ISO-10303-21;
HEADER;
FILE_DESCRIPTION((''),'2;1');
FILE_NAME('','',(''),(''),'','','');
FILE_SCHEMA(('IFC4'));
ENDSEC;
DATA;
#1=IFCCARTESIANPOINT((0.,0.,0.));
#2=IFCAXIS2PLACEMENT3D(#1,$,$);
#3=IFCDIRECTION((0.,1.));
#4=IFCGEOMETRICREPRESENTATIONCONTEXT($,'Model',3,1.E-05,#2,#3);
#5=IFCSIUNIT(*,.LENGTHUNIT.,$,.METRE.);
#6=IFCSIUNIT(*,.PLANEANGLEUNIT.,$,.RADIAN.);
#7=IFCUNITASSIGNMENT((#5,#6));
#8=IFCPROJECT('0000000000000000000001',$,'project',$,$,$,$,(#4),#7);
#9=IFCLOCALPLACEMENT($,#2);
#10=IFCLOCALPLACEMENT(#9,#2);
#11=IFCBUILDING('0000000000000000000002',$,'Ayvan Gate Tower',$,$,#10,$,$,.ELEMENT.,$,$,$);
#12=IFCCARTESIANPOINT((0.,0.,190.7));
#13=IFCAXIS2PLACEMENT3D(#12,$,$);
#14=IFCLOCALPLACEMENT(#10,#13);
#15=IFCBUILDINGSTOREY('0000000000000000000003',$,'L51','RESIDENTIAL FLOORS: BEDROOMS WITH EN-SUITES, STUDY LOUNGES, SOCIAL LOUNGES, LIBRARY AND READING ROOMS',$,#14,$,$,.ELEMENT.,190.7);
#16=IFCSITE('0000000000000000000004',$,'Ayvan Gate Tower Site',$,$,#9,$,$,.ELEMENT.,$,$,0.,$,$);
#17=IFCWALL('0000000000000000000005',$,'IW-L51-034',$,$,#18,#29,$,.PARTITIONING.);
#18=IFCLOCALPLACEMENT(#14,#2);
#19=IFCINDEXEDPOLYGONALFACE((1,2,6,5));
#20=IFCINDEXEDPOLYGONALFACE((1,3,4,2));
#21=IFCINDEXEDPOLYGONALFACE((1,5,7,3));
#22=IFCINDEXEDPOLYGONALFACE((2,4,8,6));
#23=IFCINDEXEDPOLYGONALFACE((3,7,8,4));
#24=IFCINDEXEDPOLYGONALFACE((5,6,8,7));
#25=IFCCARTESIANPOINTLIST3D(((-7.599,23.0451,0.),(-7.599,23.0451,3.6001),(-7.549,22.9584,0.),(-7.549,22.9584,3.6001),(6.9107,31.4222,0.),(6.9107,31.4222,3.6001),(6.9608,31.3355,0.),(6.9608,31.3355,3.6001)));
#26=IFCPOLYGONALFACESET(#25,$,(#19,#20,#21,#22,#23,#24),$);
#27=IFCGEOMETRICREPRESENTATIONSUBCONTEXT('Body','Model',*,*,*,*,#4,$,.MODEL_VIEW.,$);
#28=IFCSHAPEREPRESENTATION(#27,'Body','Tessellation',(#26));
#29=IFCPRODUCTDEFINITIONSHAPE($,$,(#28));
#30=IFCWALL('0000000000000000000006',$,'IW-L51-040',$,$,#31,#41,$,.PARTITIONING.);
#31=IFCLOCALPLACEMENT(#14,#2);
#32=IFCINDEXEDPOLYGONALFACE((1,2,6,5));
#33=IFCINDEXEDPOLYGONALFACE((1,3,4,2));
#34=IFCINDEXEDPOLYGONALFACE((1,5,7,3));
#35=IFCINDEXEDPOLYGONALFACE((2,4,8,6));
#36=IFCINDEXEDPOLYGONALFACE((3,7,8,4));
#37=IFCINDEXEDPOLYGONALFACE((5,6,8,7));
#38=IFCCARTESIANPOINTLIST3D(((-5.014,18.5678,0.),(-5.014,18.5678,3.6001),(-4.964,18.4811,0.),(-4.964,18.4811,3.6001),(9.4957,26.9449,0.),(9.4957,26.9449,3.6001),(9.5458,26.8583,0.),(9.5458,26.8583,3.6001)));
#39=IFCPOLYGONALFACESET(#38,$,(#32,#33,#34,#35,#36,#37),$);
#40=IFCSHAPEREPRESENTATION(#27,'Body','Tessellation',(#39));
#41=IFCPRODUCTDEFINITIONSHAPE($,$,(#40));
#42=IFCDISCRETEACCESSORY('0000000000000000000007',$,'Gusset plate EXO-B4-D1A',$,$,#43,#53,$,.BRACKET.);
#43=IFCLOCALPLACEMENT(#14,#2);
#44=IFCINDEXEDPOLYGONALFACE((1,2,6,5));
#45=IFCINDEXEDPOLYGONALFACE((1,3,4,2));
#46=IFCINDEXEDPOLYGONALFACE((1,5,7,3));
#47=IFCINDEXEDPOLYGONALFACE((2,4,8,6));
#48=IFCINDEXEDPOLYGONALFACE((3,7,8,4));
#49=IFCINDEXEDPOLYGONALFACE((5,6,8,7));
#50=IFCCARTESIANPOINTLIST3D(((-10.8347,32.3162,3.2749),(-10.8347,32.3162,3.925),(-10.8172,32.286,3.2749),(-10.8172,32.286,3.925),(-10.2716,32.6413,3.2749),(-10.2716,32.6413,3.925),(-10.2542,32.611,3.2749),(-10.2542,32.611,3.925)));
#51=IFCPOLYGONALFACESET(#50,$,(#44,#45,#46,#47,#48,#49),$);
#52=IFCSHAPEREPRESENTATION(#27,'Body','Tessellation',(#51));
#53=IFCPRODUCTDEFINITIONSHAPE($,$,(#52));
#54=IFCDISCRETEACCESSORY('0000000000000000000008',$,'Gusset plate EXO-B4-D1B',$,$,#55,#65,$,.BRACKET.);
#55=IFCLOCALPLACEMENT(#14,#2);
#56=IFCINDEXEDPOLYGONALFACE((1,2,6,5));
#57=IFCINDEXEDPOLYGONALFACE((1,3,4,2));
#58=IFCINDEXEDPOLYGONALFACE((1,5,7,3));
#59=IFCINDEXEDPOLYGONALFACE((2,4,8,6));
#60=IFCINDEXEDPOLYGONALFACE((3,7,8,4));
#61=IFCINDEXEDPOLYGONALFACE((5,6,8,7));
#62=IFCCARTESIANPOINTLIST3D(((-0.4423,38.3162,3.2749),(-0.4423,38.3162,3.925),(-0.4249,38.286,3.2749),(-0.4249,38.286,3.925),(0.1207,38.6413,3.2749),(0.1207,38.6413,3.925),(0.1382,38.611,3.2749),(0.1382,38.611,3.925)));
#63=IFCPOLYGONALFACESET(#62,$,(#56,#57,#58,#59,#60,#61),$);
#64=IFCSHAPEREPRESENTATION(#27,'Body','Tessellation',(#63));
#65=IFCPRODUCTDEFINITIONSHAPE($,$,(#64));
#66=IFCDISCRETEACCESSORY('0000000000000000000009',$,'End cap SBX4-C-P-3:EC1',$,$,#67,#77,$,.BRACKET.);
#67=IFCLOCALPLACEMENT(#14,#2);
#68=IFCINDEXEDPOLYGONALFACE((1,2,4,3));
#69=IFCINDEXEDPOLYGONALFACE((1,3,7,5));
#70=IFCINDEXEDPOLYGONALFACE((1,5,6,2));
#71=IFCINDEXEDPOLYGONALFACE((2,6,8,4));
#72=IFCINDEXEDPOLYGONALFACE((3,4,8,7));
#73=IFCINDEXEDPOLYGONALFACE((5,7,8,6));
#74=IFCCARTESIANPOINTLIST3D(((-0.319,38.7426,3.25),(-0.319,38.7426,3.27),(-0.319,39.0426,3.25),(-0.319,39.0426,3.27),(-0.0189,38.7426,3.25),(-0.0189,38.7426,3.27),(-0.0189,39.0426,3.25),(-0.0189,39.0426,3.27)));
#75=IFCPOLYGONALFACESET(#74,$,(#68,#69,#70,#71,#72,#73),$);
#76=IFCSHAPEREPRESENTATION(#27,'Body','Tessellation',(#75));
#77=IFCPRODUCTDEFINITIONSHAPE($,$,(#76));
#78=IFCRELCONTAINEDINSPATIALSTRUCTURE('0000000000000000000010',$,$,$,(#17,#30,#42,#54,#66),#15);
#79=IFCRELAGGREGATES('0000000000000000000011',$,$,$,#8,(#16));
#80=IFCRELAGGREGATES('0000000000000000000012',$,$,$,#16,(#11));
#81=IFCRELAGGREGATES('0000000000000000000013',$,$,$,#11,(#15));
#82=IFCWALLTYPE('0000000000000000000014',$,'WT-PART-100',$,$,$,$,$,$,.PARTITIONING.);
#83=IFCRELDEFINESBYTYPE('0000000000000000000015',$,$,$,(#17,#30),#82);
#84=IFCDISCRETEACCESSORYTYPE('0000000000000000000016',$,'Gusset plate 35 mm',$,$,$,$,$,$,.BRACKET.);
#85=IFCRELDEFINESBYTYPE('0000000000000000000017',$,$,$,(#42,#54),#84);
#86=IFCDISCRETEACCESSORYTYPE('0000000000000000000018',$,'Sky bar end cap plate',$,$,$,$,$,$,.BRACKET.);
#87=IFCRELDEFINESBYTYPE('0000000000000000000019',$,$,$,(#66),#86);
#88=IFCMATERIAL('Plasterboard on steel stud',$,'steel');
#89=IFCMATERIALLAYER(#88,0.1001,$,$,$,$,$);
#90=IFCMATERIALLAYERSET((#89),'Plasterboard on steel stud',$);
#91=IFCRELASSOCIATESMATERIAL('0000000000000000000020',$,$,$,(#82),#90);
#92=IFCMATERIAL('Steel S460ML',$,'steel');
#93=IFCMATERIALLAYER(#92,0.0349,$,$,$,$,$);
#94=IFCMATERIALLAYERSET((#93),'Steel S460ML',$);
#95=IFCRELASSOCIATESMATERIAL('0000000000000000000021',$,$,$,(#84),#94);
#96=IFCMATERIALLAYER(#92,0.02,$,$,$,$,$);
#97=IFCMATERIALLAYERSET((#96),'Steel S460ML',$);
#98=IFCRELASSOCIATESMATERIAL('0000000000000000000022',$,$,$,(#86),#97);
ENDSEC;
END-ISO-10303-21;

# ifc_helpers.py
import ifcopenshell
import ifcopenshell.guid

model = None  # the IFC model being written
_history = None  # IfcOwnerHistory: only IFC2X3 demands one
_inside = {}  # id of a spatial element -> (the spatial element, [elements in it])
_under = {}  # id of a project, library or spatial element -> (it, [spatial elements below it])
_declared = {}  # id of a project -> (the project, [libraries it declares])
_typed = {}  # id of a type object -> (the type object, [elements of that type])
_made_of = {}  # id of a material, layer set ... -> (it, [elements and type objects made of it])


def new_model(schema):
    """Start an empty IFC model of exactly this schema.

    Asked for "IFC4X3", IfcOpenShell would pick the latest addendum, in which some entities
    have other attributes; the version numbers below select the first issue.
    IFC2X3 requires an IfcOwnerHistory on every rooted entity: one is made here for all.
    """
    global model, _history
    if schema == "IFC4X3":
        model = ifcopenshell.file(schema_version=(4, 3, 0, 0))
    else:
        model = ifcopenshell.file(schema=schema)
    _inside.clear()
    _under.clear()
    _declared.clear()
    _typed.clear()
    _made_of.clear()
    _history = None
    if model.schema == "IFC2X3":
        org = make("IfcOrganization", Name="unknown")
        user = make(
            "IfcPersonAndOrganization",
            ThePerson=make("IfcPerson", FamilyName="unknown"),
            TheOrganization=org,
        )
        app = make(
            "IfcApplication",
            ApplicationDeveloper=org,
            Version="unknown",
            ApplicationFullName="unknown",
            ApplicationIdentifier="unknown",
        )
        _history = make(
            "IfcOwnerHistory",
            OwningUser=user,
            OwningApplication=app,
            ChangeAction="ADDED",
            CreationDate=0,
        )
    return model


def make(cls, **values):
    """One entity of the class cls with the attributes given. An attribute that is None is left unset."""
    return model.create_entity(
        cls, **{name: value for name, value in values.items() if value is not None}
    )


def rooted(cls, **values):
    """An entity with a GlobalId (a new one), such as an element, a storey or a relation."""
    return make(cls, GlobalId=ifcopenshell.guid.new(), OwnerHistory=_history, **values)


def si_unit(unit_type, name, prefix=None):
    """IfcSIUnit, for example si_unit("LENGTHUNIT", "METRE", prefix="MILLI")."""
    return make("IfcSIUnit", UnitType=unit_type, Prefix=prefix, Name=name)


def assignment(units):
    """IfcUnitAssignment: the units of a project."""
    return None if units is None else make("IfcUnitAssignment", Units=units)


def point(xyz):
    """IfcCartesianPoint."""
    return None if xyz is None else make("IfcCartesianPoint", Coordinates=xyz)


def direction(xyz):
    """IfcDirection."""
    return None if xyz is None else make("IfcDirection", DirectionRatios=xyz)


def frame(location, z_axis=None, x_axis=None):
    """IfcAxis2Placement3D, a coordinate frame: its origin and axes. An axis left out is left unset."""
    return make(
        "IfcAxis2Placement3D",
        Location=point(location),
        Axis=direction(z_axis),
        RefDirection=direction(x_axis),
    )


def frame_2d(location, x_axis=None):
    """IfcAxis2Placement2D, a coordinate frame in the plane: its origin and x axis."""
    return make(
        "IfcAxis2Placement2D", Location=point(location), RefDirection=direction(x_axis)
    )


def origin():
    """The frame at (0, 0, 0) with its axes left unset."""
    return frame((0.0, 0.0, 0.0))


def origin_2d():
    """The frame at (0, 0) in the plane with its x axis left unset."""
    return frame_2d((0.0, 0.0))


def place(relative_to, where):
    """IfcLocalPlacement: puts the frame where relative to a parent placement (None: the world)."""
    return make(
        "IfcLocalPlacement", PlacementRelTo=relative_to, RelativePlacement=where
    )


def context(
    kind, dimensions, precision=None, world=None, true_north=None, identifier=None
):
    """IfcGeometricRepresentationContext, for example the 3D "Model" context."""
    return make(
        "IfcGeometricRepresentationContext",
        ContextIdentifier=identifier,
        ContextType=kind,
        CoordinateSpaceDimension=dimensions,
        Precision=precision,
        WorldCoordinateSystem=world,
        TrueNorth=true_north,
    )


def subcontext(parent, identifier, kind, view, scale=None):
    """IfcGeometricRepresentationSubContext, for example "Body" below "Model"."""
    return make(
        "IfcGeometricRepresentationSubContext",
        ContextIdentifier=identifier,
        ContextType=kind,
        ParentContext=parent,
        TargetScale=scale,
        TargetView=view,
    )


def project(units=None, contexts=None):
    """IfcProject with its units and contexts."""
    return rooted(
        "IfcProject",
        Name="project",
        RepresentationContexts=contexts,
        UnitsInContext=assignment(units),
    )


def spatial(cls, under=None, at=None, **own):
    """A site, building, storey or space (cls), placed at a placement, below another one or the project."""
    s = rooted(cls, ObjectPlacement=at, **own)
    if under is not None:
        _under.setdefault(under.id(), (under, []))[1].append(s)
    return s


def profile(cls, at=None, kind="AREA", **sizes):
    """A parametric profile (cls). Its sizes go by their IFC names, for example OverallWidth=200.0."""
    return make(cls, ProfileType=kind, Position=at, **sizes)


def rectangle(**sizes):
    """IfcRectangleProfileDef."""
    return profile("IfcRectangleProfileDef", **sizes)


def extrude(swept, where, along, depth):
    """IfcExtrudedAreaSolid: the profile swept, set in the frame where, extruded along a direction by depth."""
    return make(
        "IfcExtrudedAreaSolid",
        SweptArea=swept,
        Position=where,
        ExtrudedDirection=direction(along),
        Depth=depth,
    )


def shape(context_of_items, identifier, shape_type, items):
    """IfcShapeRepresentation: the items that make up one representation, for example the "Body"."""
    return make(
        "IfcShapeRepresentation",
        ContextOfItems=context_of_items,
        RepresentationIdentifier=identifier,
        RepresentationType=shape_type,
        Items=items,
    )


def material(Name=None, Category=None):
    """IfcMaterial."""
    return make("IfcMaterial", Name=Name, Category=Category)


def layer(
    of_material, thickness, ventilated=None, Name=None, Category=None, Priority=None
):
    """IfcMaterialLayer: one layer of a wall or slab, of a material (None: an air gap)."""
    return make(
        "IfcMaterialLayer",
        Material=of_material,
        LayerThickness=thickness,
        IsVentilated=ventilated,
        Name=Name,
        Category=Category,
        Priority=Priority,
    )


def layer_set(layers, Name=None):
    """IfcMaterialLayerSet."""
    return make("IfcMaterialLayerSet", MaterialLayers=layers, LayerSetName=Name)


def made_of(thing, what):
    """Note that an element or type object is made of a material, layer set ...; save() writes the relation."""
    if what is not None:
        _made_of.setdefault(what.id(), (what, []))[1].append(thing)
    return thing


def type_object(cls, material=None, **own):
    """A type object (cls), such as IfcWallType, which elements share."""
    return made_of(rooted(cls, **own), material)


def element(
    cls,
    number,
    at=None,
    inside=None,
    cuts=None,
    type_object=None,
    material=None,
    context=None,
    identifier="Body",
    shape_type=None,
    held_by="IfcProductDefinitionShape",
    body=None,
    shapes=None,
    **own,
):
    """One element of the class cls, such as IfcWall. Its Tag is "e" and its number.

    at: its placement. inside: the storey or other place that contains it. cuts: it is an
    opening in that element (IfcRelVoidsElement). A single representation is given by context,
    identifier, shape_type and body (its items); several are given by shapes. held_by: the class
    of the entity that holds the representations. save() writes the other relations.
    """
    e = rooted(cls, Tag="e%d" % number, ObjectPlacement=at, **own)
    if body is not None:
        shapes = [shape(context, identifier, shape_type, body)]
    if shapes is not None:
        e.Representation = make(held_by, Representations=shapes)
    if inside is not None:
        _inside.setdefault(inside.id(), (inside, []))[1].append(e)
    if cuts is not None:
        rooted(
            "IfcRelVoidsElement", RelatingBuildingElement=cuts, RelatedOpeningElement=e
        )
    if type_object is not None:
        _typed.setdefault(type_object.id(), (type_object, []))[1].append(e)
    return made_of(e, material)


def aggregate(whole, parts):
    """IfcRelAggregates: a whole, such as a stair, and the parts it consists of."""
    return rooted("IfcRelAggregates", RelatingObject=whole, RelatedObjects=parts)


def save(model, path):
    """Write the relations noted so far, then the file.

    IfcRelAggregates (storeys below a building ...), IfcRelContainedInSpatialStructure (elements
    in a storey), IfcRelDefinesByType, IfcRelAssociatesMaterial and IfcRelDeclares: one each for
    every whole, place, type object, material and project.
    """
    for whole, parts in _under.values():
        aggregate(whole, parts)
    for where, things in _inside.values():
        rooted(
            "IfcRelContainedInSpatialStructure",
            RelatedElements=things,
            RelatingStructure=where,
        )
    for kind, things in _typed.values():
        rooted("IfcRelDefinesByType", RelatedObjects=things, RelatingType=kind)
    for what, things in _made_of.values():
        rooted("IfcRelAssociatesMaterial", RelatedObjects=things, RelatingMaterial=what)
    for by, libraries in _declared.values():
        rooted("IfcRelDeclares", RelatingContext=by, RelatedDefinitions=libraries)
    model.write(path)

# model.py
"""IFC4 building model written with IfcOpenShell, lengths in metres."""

from ifc_helpers import new_model, si_unit, direction, frame, frame_2d, origin, origin_2d, place, context, subcontext, project, spatial, rectangle, extrude, material, layer, layer_set, type_object, element, save


model = new_model("IFC4")

# Units and contexts
model_context = context("Model", 3, precision=1e-05, world=origin(), true_north=direction((0.0, 1.0)))
body_context = subcontext(model_context, "Body", "Model", "MODEL_VIEW")
ifc_project = project(units=[si_unit("LENGTHUNIT", "METRE"), si_unit("PLANEANGLEUNIT", "RADIAN")], contexts=[model_context])

# Site, building, storey
site_placement = place(None, origin())
site = spatial("IfcSite", under=ifc_project, at=site_placement, Name="Ayvan Gate Tower Site", CompositionType="ELEMENT", RefElevation=0.0)
building_placement = place(site_placement, origin())
building = spatial("IfcBuilding", under=site, at=building_placement, Name="Ayvan Gate Tower", CompositionType="ELEMENT")
storey_placement = place(building_placement, frame((0.0, 0.0, 190.7)))
storey = spatial("IfcBuildingStorey", under=building, at=storey_placement, Name="L51", Description="RESIDENTIAL FLOORS: BEDROOMS WITH EN-SUITES, STUDY LOUNGES, SOCIAL LOUNGES, LIBRARY AND READING ROOMS", CompositionType="ELEMENT", Elevation=190.7)

# Shared definitions
ifc_material_1 = material(Name="Plasterboard on steel stud", Category="steel")

# Shared definitions
ifc_layer_1 = layer(ifc_material_1, 0.1001)
ifc_layer_set_1 = layer_set([ifc_layer_1], Name="Plasterboard on steel stud")
wall_type_1 = type_object("IfcWallType", Name="WT-PART-100", PredefinedType="PARTITIONING", material=ifc_layer_set_1)

# Walls
for number, where, z_axis, x_axis, name in (
    (1, (-7.574, 23.0017, 0.0), (0.0, 0.0, 1.0), (0.866026, 0.499999, 0.0), "IW-L51-034"),
    (2, (-4.989, 18.5244, 0.0), (0.0, 0.0, 1.0), (0.866026, 0.499999, 0.0), "IW-L51-040"),
):
    element("IfcWall", number, at=place(storey_placement, frame(where, z_axis=z_axis, x_axis=x_axis)), inside=storey, type_object=wall_type_1, Name=name, PredefinedType="PARTITIONING", context=body_context, shape_type="SweptSolid", body=[
        extrude(rectangle(XDim=16.7544, YDim=0.1001, at=frame_2d((8.3772, 0.0))), origin(), (0.0, 0.0, 1.0), 3.6001),
    ])

# Discrete accessories
ifc_material_2 = material(Name="Steel S460ML", Category="steel")
ifc_layer_2 = layer(ifc_material_2, 0.0349)
ifc_layer_set_2 = layer_set([ifc_layer_2], Name="Steel S460ML")
discrete_accessory_type_1 = type_object("IfcDiscreteAccessoryType", Name="Gusset plate 35 mm", PredefinedType="BRACKET", material=ifc_layer_set_2)
for number, where, z_axis, x_axis, name in (
    (3, (-10.5444, 32.4636, 3.2749), (0.0, 0.0, 1.0), (0.866025, 0.5, 0.0), "Gusset plate EXO-B4-D1A"),
    (4, (-0.1521, 38.4636, 3.2749), (0.0, 0.0, 1.0), (0.866025, 0.5, 0.0), "Gusset plate EXO-B4-D1B"),
):
    element("IfcDiscreteAccessory", number, at=place(storey_placement, frame(where, z_axis=z_axis, x_axis=x_axis)), inside=storey, type_object=discrete_accessory_type_1, Name=name, PredefinedType="BRACKET", context=body_context, shape_type="SweptSolid", body=[
        extrude(rectangle(XDim=0.6501, YDim=0.0349, at=origin_2d()), origin(), (0.0, 0.0, 1.0), 0.6501),
    ])
ifc_layer_3 = layer(ifc_material_2, 0.02)
ifc_layer_set_3 = layer_set([ifc_layer_3], Name="Steel S460ML")
discrete_accessory_type_2 = type_object("IfcDiscreteAccessoryType", Name="Sky bar end cap plate", PredefinedType="BRACKET", material=ifc_layer_set_3)
discrete_accessory_placement = place(storey_placement, frame((-0.1689, 38.8926, 3.25), z_axis=(0.0, 0.0, 1.0), x_axis=(1.0, 0.0, 0.0)))
element("IfcDiscreteAccessory", 5, at=discrete_accessory_placement, inside=storey, type_object=discrete_accessory_type_2, Name="End cap SBX4-C-P-3:EC1", PredefinedType="BRACKET", context=body_context, shape_type="SweptSolid", body=[
    extrude(rectangle(XDim=0.3, YDim=0.3, at=origin_2d()), origin(), (0.0, 0.0, 1.0), 0.02),
])

save(model, "model.ifc")
